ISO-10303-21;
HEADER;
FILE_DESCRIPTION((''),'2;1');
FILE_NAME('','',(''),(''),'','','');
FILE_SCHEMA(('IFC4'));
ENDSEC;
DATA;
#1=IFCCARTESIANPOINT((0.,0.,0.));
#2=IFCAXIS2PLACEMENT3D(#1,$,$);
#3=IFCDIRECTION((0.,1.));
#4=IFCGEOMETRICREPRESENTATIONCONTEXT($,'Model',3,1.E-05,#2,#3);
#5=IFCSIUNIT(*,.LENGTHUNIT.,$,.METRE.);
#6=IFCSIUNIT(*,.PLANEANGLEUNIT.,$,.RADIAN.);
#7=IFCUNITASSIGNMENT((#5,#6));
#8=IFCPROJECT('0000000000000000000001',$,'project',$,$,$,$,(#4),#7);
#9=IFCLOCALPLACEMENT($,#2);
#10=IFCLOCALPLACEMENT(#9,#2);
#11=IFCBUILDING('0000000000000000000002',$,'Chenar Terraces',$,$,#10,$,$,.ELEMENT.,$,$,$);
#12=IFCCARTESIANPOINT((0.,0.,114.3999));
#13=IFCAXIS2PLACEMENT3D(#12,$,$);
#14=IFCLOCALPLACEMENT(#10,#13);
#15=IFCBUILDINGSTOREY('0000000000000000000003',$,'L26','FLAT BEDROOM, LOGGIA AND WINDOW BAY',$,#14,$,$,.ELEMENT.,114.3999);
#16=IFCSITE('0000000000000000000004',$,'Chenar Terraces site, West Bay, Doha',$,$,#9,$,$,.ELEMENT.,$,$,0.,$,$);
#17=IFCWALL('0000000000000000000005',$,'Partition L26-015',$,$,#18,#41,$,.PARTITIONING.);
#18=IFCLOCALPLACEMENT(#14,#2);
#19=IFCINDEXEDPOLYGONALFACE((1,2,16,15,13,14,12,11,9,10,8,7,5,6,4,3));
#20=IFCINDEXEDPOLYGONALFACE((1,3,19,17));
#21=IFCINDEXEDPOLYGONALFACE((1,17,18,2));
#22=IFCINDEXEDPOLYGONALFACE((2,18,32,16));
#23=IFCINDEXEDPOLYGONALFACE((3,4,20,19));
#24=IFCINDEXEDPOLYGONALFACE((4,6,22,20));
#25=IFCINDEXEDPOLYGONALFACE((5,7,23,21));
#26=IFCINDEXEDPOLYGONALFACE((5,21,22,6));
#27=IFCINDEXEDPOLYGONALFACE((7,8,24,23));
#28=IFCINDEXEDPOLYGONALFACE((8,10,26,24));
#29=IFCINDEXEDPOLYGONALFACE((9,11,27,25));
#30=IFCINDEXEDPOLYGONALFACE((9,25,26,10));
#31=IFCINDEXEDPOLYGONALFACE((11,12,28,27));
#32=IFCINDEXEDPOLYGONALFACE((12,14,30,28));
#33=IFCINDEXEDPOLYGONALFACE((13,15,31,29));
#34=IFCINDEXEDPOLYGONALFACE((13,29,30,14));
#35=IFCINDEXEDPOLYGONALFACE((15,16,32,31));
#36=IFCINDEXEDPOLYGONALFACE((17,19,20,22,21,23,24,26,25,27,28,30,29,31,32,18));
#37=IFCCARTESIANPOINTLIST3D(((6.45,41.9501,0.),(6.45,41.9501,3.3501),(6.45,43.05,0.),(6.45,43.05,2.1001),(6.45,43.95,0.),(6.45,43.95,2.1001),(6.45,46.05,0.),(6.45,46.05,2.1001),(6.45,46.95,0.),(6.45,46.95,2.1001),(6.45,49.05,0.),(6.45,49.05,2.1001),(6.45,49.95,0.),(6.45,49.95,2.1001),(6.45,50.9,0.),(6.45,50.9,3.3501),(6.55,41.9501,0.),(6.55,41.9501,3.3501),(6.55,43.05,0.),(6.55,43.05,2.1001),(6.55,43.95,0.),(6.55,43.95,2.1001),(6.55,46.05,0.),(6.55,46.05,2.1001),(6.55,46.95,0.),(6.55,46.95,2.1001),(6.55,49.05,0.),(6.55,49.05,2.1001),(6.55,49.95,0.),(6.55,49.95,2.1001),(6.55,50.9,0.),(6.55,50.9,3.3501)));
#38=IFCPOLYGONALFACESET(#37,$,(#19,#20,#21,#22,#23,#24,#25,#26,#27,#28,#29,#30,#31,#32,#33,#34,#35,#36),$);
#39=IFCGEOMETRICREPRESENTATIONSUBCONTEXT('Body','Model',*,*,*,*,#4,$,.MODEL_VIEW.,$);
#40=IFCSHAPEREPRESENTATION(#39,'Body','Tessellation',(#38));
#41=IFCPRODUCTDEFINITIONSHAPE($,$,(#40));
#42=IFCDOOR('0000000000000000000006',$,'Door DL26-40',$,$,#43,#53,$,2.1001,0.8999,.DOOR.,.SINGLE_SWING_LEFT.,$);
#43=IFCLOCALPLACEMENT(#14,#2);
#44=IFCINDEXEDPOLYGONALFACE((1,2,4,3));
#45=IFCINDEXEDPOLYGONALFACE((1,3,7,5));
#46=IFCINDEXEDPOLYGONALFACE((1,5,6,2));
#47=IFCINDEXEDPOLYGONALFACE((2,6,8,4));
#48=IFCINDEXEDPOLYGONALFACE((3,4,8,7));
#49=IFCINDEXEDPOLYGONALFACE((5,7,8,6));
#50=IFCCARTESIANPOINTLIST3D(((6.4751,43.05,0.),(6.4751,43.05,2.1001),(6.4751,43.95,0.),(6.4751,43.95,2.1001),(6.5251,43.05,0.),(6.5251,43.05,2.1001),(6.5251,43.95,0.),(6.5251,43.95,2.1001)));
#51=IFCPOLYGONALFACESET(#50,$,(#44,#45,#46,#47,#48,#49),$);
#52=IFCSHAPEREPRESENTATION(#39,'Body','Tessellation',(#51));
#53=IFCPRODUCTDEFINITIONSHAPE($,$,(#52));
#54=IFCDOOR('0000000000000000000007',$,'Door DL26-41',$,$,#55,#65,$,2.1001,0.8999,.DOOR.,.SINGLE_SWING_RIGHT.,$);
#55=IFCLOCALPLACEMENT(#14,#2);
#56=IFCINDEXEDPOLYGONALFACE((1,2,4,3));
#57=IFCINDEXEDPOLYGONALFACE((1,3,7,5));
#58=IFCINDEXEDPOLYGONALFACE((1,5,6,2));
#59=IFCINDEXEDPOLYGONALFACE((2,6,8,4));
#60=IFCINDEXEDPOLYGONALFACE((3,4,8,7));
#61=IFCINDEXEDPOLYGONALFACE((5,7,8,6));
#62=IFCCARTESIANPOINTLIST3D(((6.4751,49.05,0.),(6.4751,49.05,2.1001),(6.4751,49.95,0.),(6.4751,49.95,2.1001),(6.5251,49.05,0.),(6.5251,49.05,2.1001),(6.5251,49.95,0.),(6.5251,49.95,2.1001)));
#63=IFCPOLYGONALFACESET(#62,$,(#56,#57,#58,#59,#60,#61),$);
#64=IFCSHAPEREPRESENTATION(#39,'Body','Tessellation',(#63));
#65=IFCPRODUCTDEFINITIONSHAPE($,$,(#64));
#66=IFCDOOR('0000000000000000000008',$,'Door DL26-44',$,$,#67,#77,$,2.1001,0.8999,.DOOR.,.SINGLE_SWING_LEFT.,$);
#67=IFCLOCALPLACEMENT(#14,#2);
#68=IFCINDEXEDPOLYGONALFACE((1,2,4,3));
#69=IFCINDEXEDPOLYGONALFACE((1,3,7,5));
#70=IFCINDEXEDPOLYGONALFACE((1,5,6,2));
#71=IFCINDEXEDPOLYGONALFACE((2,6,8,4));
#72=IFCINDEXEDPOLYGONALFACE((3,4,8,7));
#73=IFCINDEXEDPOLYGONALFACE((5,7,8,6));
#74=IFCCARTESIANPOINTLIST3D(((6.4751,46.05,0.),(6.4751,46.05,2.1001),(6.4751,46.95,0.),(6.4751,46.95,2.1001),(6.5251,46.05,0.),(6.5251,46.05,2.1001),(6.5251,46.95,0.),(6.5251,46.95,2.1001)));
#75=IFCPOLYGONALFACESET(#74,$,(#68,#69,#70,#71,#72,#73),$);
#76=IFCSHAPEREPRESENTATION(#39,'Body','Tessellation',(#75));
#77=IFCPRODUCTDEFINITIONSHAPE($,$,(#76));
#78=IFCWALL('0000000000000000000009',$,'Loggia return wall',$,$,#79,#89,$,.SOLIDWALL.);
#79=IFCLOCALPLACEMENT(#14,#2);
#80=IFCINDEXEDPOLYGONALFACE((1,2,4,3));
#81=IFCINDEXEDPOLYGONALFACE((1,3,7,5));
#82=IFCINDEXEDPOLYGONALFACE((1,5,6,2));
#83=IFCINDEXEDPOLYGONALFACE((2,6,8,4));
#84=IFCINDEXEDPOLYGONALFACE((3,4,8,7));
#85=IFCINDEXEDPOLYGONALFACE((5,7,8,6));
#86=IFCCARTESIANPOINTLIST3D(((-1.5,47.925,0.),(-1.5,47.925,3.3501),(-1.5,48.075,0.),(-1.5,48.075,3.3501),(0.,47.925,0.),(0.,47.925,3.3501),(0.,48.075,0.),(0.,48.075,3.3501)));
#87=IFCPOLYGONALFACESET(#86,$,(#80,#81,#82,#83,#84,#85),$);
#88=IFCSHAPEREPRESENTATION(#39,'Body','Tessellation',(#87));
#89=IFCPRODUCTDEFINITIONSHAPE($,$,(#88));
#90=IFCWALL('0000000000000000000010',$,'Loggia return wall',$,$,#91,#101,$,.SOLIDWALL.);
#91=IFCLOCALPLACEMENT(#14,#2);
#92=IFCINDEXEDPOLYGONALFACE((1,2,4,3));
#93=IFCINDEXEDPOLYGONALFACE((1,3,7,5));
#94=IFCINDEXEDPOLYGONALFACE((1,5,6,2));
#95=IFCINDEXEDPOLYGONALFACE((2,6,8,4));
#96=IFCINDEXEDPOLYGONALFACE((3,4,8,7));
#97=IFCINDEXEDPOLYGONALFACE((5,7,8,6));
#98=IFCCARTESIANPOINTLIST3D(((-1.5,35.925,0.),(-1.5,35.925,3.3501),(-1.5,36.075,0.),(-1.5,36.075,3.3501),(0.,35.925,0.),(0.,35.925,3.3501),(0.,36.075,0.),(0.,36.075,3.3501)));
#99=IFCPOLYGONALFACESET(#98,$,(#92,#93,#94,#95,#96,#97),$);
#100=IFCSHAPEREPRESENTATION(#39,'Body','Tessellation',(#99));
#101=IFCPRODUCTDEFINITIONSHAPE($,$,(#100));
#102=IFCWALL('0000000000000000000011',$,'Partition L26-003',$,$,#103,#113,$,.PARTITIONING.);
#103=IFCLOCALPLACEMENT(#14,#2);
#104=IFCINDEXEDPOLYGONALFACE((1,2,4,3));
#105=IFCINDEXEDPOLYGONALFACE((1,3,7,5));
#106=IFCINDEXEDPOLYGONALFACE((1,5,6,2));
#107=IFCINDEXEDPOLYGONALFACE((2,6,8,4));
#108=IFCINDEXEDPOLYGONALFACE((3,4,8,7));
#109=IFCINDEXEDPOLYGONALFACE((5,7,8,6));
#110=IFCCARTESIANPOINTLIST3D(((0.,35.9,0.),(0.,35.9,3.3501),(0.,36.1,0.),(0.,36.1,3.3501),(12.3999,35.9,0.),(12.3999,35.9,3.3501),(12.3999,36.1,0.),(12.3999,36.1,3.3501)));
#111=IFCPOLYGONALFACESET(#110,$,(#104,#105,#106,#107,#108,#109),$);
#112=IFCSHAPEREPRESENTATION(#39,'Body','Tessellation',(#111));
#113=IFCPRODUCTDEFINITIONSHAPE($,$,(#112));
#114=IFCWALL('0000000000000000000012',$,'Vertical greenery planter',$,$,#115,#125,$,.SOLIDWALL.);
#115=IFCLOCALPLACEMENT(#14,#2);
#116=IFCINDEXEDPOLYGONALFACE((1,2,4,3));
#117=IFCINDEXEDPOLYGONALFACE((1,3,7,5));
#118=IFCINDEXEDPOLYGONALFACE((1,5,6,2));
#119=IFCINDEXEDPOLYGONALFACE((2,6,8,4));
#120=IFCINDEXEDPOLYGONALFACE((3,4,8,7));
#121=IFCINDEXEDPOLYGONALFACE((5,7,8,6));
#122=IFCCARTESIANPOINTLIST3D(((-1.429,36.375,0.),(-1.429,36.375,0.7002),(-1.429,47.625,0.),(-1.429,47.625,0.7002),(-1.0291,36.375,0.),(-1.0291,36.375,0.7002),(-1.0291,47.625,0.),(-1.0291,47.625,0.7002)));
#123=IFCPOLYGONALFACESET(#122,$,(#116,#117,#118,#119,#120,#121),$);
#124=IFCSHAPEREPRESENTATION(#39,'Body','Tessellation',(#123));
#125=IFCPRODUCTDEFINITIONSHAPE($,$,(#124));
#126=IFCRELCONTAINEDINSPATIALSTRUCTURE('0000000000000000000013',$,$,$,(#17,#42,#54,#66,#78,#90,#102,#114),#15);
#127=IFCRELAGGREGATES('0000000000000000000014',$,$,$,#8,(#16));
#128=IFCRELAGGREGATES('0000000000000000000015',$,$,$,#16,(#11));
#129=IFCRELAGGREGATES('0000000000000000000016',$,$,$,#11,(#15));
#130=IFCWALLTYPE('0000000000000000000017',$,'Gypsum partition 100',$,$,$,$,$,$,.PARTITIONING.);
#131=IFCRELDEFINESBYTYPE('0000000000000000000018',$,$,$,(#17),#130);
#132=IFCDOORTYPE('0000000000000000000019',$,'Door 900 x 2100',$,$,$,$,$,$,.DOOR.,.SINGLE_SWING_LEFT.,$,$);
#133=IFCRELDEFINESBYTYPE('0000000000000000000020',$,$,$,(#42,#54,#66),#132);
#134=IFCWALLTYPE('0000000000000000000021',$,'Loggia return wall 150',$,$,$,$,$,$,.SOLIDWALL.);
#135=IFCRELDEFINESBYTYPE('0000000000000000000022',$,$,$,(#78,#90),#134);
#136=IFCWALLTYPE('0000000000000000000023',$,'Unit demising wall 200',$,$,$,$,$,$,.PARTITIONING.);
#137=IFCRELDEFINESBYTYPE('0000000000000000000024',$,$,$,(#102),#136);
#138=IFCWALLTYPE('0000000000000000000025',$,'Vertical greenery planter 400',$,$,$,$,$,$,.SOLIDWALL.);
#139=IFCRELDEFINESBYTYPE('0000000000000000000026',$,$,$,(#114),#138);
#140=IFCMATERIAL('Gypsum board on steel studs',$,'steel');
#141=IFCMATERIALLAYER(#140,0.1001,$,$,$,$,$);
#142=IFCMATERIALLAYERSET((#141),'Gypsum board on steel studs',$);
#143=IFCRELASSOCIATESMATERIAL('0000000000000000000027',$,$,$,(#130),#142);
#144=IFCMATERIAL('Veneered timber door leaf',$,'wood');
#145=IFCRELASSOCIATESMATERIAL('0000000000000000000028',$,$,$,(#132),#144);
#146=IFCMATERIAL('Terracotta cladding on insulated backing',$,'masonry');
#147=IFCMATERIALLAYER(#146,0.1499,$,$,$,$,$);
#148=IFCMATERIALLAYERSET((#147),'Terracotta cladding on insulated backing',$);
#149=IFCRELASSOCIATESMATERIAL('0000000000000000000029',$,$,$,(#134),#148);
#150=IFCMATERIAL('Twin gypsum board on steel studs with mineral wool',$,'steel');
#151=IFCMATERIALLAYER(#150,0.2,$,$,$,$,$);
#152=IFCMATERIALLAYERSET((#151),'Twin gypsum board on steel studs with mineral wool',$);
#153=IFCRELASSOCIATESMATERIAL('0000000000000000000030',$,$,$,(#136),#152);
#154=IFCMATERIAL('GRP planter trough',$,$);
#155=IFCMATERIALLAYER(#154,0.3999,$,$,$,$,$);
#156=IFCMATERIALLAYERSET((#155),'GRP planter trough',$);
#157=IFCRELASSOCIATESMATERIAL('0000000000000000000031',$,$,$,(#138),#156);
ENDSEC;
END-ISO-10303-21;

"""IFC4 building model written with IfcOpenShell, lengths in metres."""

from ifc_helpers import new_model, si_unit, direction, frame, frame_2d, origin, place, context, subcontext, project, spatial, rectangle, extrude, material, layer, layer_set, type_object, element, fill, save


model = new_model("IFC4")

# Units and contexts
model_context = context("Model", 3, precision=1e-05, world=origin(), true_north=direction((0.0, 1.0)))
body_context = subcontext(model_context, "Body", "Model", "MODEL_VIEW")
ifc_project = project(units=[si_unit("LENGTHUNIT", "METRE"), si_unit("PLANEANGLEUNIT", "RADIAN")], contexts=[model_context])

# Site, building, storey
site_placement = place(None, origin())
site = spatial("IfcSite", under=ifc_project, at=site_placement, Name="Chenar Terraces site, West Bay, Doha", CompositionType="ELEMENT", RefElevation=0.0)
building_placement = place(site_placement, origin())
building = spatial("IfcBuilding", under=site, at=building_placement, Name="Chenar Terraces", CompositionType="ELEMENT")
storey_placement = place(building_placement, frame((0.0, 0.0, 114.3999)))
storey = spatial("IfcBuildingStorey", under=building, at=storey_placement, Name="L26", Description="FLAT BEDROOM, LOGGIA AND WINDOW BAY", CompositionType="ELEMENT", Elevation=114.3999)

# Shared definitions
placement = place(storey_placement, frame((0.0, 36.0, 0.0), z_axis=(0.0, 0.0, 1.0), x_axis=(1.0, 0.0, 0.0)))

# Shared definitions
ifc_material_1 = material(Name="Gypsum board on steel studs", Category="steel")
ifc_layer_1 = layer(ifc_material_1, 0.1001)
ifc_layer_set_1 = layer_set([ifc_layer_1], Name="Gypsum board on steel studs")
wall_type_1 = type_object("IfcWallType", Name="Gypsum partition 100", PredefinedType="PARTITIONING", material=ifc_layer_set_1)

# Wall, openings, doors
wall_1_placement = place(storey_placement, frame((6.5, 41.95, 0.0), z_axis=(0.0, 0.0, 1.0), x_axis=(0.0, 1.0, 0.0)))
wall_1 = element("IfcWall", 1, at=wall_1_placement, inside=storey, type_object=wall_type_1, Name="Partition L26-015", PredefinedType="PARTITIONING", context=body_context, shape_type="SweptSolid", body=[
    extrude(rectangle(XDim=8.95, YDim=0.1001, at=frame_2d((4.4751, 0.0))), origin(), (0.0, 0.0, 1.0), 3.3501),
])
opening_1_placement = place(wall_1_placement, frame((1.1001, 0.0, 0.0)))
opening_1 = element("IfcOpeningElement", 2, at=opening_1_placement, cuts=wall_1, PredefinedType="OPENING", context=body_context, shape_type="SweptSolid", body=[
    extrude(rectangle(XDim=0.8999, YDim=2.1001, at=frame_2d((0.45, 1.05))), frame((0.0, 0.0601, 0.0), z_axis=(0.0, -1.0, 0.0), x_axis=(1.0, 0.0, 0.0)), (0.0, 0.0, 1.0), 0.1201),
])
opening_2_placement = place(wall_1_placement, frame((7.1001, 0.0, 0.0)))
opening_2 = element("IfcOpeningElement", 3, at=opening_2_placement, cuts=wall_1, PredefinedType="OPENING", context=body_context, shape_type="SweptSolid", body=[
    extrude(rectangle(XDim=0.8999, YDim=2.1001, at=frame_2d((0.45, 1.05))), frame((0.0, 0.0601, 0.0), z_axis=(0.0, -1.0, 0.0), x_axis=(1.0, 0.0, 0.0)), (0.0, 0.0, 1.0), 0.1201),
])
opening_3_placement = place(wall_1_placement, frame((4.1001, 0.0, 0.0)))
opening_3 = element("IfcOpeningElement", 4, at=opening_3_placement, cuts=wall_1, PredefinedType="OPENING", context=body_context, shape_type="SweptSolid", body=[
    extrude(rectangle(XDim=0.8999, YDim=2.1001, at=frame_2d((0.45, 1.05))), frame((0.0, 0.0601, 0.0), z_axis=(0.0, -1.0, 0.0), x_axis=(1.0, 0.0, 0.0)), (0.0, 0.0, 1.0), 0.1201),
])
ifc_material_2 = material(Name="Veneered timber door leaf", Category="wood")
door_type_1 = type_object("IfcDoorType", Name="Door 900 x 2100", OperationType="SINGLE_SWING_LEFT", PredefinedType="DOOR", material=ifc_material_2)
door_1_placement = place(opening_1_placement, origin())
door_1 = element("IfcDoor", 5, at=door_1_placement, inside=storey, type_object=door_type_1, Name="Door DL26-40", OperationType="SINGLE_SWING_LEFT", OverallHeight=2.1001, OverallWidth=0.8999, PredefinedType="DOOR", context=body_context, shape_type="SweptSolid", body=[
    extrude(rectangle(XDim=0.8999, YDim=2.1001, at=frame_2d((0.45, 1.05))), frame((0.0, 0.0249, 0.0), z_axis=(0.0, -1.0, 0.0), x_axis=(1.0, 0.0, 0.0)), (0.0, 0.0, 1.0), 0.05),
])
fill(opening_1, door_1)
door_2_placement = place(opening_2_placement, origin())
door_2 = element("IfcDoor", 6, at=door_2_placement, inside=storey, type_object=door_type_1, Name="Door DL26-41", OperationType="SINGLE_SWING_RIGHT", OverallHeight=2.1001, OverallWidth=0.8999, PredefinedType="DOOR", context=body_context, shape_type="SweptSolid", body=[
    extrude(rectangle(XDim=0.8999, YDim=2.1001, at=frame_2d((0.45, 1.05))), frame((0.0, 0.0249, 0.0), z_axis=(0.0, -1.0, 0.0), x_axis=(1.0, 0.0, 0.0)), (0.0, 0.0, 1.0), 0.05),
])
fill(opening_2, door_2)
door_3_placement = place(opening_3_placement, origin())
door_3 = element("IfcDoor", 7, at=door_3_placement, inside=storey, type_object=door_type_1, Name="Door DL26-44", OperationType="SINGLE_SWING_LEFT", OverallHeight=2.1001, OverallWidth=0.8999, PredefinedType="DOOR", context=body_context, shape_type="SweptSolid", body=[
    extrude(rectangle(XDim=0.8999, YDim=2.1001, at=frame_2d((0.45, 1.05))), frame((0.0, 0.0249, 0.0), z_axis=(0.0, -1.0, 0.0), x_axis=(1.0, 0.0, 0.0)), (0.0, 0.0, 1.0), 0.05),
])
fill(opening_3, door_3)

# Walls
ifc_material_3 = material(Name="Terracotta cladding on insulated backing", Category="masonry")
ifc_layer_2 = layer(ifc_material_3, 0.1499)
ifc_layer_set_2 = layer_set([ifc_layer_2], Name="Terracotta cladding on insulated backing")
wall_type_2 = type_object("IfcWallType", Name="Loggia return wall 150", PredefinedType="SOLIDWALL", material=ifc_layer_set_2)
for number, where, z_axis, x_axis, name in (
    (8, (-1.5, 48.0, 0.0), (0.0, 0.0, 1.0), (1.0, 0.0, 0.0), "Loggia return wall"),
    (9, (-1.5, 36.0, 0.0), (0.0, 0.0, 1.0), (1.0, 0.0, 0.0), "Loggia return wall"),
):
    element("IfcWall", number, at=place(storey_placement, frame(where, z_axis=z_axis, x_axis=x_axis)), inside=storey, type_object=wall_type_2, Name=name, PredefinedType="SOLIDWALL", context=body_context, shape_type="SweptSolid", body=[
        extrude(rectangle(XDim=1.5, YDim=0.1499, at=frame_2d((0.75, 0.0))), origin(), (0.0, 0.0, 1.0), 3.3501),
    ])
ifc_material_4 = material(Name="Twin gypsum board on steel studs with mineral wool", Category="steel")
ifc_layer_3 = layer(ifc_material_4, 0.2)
ifc_layer_set_3 = layer_set([ifc_layer_3], Name="Twin gypsum board on steel studs with mineral wool")
wall_type_3 = type_object("IfcWallType", Name="Unit demising wall 200", PredefinedType="PARTITIONING", material=ifc_layer_set_3)
element("IfcWall", 10, at=placement, inside=storey, type_object=wall_type_3, Name="Partition L26-003", PredefinedType="PARTITIONING", context=body_context, shape_type="SweptSolid", body=[
    extrude(rectangle(XDim=12.3999, YDim=0.2, at=frame_2d((6.2, 0.0))), origin(), (0.0, 0.0, 1.0), 3.3501),
])
ifc_material_5 = material(Name="GRP planter trough")
ifc_layer_4 = layer(ifc_material_5, 0.3999)
ifc_layer_set_4 = layer_set([ifc_layer_4], Name="GRP planter trough")
wall_type_4 = type_object("IfcWallType", Name="Vertical greenery planter 400", PredefinedType="SOLIDWALL", material=ifc_layer_set_4)
wall_2_placement = place(storey_placement, frame((-1.229, 47.625, 0.0), z_axis=(0.0, 0.0, 1.0), x_axis=(0.0, -1.0, 0.0)))
element("IfcWall", 11, at=wall_2_placement, inside=storey, type_object=wall_type_4, Name="Vertical greenery planter", PredefinedType="SOLIDWALL", context=body_context, shape_type="SweptSolid", body=[
    extrude(rectangle(XDim=11.25, YDim=0.3999, at=frame_2d((5.625, 0.0))), origin(), (0.0, 0.0, 1.0), 0.7002),
])

save(model, "model.ifc")
